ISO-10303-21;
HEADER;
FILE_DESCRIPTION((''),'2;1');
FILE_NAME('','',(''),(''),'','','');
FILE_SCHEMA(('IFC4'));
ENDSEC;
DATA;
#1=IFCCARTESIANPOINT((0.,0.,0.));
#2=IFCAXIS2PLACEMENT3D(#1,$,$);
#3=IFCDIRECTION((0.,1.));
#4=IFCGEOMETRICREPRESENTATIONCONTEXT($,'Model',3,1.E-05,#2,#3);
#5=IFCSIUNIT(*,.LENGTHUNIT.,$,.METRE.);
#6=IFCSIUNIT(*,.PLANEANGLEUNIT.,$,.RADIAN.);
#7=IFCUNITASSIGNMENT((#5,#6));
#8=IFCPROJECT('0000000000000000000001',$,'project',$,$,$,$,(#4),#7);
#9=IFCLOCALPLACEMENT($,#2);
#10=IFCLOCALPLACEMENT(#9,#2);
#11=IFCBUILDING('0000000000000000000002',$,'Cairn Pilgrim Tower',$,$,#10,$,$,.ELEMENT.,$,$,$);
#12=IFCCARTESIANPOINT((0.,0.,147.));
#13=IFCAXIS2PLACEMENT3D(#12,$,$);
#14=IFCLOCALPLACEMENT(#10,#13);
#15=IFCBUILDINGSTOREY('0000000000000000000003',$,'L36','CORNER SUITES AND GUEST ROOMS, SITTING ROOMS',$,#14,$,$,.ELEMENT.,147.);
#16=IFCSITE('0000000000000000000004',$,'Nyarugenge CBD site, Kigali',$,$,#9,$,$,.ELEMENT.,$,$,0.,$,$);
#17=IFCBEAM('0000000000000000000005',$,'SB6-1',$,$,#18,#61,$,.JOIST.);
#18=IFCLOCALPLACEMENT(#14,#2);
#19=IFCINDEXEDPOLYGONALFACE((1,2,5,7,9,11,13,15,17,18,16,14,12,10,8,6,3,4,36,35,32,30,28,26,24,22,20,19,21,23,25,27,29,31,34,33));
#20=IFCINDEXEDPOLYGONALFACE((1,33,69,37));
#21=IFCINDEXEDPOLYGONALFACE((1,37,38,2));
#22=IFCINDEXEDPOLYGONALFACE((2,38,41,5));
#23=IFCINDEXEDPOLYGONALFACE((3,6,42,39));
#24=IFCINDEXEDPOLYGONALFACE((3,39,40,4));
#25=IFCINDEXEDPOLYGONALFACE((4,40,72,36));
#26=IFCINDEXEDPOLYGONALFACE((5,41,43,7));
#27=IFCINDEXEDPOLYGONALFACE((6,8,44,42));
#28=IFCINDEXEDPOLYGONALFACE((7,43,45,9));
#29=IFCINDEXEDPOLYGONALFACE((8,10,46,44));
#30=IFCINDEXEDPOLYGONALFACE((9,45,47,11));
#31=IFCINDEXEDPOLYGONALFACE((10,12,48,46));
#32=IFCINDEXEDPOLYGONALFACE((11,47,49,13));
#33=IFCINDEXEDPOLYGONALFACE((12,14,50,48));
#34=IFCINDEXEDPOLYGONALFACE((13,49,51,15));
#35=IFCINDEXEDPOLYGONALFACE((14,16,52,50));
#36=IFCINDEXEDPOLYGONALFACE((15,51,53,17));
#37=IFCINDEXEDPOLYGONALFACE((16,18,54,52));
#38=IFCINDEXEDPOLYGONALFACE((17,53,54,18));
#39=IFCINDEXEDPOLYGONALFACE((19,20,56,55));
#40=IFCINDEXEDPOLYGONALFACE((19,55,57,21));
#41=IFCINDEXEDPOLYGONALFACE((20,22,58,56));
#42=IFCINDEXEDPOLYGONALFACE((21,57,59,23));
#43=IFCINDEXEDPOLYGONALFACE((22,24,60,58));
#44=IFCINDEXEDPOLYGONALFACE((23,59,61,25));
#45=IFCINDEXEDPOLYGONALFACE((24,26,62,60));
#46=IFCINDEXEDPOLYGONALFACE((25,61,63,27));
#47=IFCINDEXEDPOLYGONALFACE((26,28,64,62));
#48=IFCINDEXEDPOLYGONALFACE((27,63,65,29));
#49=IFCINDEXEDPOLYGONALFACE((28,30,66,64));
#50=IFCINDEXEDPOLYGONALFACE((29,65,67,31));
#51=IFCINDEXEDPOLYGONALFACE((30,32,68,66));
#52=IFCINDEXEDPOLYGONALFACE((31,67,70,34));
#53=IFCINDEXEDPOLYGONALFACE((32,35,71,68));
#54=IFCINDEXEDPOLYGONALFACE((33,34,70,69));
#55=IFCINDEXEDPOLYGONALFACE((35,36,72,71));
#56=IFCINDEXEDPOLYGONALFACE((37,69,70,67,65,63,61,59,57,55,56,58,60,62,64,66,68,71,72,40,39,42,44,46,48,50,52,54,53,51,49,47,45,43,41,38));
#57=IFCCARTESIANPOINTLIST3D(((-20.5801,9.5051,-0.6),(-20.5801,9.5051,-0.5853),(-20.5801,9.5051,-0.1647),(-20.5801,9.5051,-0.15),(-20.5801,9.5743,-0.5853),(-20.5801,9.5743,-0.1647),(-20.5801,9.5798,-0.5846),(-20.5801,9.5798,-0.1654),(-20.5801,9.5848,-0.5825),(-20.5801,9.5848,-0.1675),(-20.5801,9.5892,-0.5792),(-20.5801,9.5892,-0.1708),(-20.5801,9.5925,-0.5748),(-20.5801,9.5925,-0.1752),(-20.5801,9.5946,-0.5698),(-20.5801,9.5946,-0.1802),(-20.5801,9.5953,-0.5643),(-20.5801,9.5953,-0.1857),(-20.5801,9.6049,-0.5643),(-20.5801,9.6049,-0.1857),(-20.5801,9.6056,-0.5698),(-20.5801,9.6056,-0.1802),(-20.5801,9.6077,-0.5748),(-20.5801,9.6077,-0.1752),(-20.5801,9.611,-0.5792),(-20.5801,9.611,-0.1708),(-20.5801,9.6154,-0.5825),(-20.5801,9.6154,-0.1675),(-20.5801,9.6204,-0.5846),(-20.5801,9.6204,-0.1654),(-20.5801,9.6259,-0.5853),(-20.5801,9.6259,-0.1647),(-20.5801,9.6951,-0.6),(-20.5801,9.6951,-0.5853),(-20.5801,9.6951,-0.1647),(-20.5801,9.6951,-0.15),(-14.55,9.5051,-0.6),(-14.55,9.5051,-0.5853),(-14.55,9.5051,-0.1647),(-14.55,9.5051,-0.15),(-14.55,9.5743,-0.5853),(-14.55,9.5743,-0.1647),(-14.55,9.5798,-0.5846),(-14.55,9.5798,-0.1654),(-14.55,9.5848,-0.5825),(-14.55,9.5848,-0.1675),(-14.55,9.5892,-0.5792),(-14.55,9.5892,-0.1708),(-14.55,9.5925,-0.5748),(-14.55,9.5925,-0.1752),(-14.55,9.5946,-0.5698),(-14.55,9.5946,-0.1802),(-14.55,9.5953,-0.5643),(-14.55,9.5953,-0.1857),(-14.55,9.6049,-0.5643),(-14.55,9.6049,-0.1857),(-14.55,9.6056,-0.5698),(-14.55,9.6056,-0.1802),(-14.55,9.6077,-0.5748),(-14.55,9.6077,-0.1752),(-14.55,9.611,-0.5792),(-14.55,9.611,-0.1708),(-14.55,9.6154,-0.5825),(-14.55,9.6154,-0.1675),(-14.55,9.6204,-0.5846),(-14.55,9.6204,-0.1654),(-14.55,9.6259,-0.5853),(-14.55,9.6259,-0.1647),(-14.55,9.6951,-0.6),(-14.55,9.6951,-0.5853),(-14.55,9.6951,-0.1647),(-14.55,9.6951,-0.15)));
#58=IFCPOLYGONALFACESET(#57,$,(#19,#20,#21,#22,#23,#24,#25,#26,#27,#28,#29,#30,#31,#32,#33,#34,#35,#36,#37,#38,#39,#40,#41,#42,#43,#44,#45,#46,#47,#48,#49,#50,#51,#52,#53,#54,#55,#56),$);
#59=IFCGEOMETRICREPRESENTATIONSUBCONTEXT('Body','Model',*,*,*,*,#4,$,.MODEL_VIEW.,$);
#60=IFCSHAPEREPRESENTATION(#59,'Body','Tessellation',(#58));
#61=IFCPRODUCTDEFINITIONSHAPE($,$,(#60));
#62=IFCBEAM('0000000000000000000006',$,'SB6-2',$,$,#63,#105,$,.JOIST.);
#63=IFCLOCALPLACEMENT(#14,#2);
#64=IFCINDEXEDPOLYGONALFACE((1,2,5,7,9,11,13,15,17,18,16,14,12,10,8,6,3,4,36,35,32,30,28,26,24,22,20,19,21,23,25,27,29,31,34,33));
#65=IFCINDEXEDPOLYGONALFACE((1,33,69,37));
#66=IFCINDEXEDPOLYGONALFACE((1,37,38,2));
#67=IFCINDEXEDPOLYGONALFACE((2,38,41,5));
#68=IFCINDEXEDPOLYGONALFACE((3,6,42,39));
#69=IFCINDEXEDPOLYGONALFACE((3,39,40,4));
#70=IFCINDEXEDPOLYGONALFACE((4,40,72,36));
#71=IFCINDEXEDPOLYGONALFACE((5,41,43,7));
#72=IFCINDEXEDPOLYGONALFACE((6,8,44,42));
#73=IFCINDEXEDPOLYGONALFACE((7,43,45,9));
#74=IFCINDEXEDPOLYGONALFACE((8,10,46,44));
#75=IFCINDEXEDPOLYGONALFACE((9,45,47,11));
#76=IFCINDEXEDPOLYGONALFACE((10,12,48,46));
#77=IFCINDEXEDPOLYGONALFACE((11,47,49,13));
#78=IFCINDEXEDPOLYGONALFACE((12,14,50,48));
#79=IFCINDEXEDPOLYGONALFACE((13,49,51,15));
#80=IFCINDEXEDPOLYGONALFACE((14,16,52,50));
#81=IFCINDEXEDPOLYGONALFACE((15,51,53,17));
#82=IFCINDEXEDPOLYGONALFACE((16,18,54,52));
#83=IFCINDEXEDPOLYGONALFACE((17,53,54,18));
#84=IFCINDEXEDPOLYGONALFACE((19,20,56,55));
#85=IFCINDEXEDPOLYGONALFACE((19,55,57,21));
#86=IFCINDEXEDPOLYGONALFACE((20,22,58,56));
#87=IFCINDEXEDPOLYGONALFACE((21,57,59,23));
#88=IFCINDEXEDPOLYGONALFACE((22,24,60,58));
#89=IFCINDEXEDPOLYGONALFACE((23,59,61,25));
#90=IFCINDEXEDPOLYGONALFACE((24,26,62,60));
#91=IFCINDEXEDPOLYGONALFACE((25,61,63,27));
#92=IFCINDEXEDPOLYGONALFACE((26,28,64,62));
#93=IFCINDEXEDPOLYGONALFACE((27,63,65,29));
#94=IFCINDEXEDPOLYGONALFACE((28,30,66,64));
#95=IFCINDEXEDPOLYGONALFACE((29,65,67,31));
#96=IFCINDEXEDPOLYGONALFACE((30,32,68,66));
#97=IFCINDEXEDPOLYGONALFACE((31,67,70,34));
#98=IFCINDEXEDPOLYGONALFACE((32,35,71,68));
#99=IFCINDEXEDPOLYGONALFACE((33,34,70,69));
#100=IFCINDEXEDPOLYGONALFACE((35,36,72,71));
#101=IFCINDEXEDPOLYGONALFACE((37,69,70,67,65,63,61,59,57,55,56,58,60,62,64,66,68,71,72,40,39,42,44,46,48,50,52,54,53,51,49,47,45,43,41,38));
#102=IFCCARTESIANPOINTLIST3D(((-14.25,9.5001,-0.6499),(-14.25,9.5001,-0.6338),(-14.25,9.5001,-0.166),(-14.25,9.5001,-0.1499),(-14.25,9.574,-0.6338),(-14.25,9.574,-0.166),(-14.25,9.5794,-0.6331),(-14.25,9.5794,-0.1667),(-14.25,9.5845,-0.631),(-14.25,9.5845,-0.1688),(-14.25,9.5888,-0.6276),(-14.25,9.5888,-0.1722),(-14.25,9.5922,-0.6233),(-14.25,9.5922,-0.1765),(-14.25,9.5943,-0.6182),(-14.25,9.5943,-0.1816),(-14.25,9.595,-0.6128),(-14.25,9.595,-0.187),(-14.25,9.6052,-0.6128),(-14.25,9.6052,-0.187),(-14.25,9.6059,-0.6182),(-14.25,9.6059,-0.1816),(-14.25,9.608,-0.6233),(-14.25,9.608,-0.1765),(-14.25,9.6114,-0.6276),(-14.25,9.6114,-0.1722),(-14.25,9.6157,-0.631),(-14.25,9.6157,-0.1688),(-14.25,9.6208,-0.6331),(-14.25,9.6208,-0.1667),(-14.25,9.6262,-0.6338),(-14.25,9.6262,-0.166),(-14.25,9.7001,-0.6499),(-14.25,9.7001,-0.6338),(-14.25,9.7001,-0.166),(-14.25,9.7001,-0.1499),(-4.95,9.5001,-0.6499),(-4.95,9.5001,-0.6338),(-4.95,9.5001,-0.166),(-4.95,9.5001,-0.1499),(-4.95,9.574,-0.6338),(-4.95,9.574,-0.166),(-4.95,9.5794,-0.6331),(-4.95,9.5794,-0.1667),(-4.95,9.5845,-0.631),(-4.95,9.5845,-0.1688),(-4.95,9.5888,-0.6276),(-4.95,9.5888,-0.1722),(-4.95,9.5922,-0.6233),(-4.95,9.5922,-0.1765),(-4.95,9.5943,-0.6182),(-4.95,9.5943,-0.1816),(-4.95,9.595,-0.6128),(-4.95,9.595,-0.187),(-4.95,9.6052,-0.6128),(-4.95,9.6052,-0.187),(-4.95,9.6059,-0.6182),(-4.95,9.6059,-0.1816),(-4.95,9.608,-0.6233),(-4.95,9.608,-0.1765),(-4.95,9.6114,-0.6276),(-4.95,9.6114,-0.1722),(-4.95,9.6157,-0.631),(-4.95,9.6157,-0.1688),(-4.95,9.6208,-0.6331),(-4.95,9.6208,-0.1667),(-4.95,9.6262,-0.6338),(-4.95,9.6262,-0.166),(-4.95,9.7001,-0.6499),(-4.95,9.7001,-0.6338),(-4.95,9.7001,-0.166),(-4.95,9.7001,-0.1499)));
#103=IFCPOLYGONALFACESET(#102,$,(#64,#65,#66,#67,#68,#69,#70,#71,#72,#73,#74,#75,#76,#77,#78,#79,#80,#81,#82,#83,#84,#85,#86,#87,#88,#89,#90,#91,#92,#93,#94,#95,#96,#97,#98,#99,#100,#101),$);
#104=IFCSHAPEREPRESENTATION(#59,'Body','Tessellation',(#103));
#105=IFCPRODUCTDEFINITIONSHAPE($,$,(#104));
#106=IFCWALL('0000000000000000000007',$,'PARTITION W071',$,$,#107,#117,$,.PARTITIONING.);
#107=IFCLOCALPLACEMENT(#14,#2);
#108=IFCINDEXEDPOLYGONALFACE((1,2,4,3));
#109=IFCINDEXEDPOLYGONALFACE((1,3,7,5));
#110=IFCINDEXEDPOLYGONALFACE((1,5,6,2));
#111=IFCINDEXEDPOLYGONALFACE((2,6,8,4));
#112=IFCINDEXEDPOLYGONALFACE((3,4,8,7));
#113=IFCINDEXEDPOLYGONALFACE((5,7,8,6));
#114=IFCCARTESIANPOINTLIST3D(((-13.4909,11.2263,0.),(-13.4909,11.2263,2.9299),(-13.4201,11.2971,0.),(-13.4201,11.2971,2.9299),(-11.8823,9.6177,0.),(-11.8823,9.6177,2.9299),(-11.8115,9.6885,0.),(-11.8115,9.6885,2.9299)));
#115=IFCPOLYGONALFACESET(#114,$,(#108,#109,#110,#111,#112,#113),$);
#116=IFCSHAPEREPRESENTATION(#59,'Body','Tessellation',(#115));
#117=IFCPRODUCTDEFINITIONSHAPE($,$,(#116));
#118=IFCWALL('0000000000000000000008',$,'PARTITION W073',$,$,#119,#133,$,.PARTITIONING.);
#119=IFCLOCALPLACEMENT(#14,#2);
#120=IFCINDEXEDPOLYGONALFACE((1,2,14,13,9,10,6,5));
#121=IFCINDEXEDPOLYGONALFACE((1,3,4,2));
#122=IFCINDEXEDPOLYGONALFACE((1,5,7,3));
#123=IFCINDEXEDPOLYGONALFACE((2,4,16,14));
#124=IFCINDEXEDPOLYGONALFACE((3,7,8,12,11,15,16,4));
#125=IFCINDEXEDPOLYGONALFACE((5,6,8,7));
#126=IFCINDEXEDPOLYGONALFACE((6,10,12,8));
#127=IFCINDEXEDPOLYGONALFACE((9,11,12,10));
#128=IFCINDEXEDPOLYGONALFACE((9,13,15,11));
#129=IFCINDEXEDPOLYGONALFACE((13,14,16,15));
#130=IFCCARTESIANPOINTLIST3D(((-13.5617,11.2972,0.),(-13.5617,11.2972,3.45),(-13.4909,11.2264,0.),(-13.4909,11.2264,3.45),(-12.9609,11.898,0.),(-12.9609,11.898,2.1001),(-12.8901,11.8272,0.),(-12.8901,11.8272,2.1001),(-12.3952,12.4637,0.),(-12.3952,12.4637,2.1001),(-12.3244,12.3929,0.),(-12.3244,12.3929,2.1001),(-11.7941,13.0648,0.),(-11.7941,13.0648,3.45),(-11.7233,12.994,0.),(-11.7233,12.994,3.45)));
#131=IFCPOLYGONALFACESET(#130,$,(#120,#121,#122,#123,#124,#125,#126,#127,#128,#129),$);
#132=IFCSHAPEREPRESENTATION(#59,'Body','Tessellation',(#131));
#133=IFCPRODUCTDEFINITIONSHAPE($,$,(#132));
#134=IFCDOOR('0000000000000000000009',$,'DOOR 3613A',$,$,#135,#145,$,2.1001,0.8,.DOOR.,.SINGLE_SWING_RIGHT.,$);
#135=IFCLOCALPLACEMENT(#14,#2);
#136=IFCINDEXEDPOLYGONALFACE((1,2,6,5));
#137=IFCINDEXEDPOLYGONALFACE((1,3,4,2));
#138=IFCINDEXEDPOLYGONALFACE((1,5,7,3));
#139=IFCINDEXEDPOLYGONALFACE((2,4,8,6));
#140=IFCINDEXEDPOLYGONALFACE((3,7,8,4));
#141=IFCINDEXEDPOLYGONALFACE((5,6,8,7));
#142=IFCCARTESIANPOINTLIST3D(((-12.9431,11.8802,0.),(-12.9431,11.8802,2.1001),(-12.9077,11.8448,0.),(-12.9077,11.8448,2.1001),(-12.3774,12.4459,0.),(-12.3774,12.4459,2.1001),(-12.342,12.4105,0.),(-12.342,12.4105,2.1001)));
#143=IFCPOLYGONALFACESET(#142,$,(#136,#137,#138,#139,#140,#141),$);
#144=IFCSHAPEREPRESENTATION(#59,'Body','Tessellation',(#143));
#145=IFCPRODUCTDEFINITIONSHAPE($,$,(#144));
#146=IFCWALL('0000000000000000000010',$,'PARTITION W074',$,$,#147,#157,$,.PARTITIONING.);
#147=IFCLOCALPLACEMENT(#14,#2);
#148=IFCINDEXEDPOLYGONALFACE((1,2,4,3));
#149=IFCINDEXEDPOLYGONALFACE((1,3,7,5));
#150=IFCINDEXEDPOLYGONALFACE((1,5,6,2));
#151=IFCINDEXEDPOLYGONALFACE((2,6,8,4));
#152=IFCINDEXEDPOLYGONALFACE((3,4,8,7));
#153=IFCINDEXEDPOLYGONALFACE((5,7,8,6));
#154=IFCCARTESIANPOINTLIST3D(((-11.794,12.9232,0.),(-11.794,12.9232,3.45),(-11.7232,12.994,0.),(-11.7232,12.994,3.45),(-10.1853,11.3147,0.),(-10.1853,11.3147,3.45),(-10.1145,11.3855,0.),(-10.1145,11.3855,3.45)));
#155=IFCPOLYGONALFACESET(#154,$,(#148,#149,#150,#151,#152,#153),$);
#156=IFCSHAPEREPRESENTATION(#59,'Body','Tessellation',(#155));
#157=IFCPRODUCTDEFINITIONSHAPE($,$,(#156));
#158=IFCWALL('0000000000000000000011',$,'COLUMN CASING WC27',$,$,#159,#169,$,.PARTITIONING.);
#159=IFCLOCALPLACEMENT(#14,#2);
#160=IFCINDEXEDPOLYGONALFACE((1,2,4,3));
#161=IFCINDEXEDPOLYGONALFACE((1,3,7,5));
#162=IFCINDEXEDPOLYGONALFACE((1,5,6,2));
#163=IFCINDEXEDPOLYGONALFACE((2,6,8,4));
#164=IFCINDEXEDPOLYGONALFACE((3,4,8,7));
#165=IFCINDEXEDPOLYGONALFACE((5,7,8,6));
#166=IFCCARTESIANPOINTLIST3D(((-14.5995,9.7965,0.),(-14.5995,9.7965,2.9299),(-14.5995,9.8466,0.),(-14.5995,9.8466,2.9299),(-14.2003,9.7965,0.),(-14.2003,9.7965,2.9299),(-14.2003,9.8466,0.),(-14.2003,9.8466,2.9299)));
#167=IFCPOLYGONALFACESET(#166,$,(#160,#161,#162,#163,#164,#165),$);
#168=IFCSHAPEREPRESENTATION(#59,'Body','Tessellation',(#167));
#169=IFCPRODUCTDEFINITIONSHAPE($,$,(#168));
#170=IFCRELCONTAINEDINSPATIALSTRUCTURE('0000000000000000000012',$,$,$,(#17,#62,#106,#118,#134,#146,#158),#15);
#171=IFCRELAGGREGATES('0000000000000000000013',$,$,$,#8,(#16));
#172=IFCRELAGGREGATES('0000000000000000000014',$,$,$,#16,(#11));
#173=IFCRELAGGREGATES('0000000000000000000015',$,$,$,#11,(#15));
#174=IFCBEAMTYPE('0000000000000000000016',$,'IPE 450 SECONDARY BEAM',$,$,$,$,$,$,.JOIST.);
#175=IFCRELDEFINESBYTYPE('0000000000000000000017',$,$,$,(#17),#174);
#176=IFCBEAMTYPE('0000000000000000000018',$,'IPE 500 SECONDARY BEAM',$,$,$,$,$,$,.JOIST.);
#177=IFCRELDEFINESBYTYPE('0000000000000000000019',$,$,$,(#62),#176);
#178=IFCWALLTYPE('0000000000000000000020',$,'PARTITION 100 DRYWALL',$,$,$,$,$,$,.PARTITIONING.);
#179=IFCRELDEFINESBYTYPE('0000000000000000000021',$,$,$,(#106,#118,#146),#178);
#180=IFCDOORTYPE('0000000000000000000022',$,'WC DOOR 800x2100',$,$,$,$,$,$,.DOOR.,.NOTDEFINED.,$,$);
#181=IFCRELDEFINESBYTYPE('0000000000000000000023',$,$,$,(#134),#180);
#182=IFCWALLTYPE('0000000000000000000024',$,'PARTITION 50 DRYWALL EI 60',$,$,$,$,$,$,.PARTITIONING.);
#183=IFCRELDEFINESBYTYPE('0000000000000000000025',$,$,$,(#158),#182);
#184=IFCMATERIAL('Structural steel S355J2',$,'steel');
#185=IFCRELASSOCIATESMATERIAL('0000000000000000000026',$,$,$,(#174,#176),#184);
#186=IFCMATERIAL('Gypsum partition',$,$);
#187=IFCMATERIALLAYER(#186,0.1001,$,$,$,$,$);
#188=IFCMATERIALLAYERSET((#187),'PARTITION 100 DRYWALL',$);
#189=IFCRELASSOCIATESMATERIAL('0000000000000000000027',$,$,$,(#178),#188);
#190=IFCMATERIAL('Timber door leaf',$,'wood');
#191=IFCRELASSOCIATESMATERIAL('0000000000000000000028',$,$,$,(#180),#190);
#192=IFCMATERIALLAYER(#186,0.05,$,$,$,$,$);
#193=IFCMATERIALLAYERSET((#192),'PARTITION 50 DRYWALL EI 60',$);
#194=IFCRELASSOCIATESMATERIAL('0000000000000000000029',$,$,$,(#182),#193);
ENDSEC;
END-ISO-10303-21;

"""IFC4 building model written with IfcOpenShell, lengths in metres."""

from ifc_helpers import new_model, si_unit, direction, frame, frame_2d, origin, origin_2d, place, context, subcontext, project, spatial, rectangle, i_section, extrude, material, layer, layer_set, material_profile, profile_set, type_object, element, fill, save


model = new_model("IFC4")

# Units and contexts
model_context = context("Model", 3, precision=1e-05, world=origin(), true_north=direction((0.0, 1.0)))
body_context = subcontext(model_context, "Body", "Model", "MODEL_VIEW")
ifc_project = project(units=[si_unit("LENGTHUNIT", "METRE"), si_unit("PLANEANGLEUNIT", "RADIAN")], contexts=[model_context])

# Site, building, storey
site_placement = place(None, origin())
site = spatial("IfcSite", under=ifc_project, at=site_placement, Name="Nyarugenge CBD site, Kigali", CompositionType="ELEMENT", RefElevation=0.0)
building_placement = place(site_placement, origin())
building = spatial("IfcBuilding", under=site, at=building_placement, Name="Cairn Pilgrim Tower", CompositionType="ELEMENT")
storey_placement = place(building_placement, frame((0.0, 0.0, 147.0)))
storey = spatial("IfcBuildingStorey", under=building, at=storey_placement, Name="L36", Description="CORNER SUITES AND GUEST ROOMS, SITTING ROOMS", CompositionType="ELEMENT", Elevation=147.0)

# Shared definitions
ifc_material_1 = material(Name="Structural steel S355J2", Category="steel")

# Beams
ifc_material_profile_1 = material_profile(ifc_material_1, i_section(OverallWidth=0.1899, OverallDepth=0.45, WebThickness=0.0095, FlangeThickness=0.0146, FilletRadius=0.021, at=origin_2d()), Name="IPE 450")
ifc_profile_set_1 = profile_set([ifc_material_profile_1], Name="Structural steel S355J2")
beam_type_1 = type_object("IfcBeamType", Name="IPE 450 SECONDARY BEAM", PredefinedType="JOIST", material=ifc_profile_set_1)
beam_1_placement = place(storey_placement, frame((-20.5801, 9.6001, -0.375), z_axis=(1.0, 0.0, 0.0), x_axis=(0.0, 1.0, 0.0)))
element("IfcBeam", 1, at=beam_1_placement, inside=storey, type_object=beam_type_1, Name="SB6-1", PredefinedType="JOIST", context=body_context, shape_type="SweptSolid", body=[
    extrude(i_section(OverallWidth=0.1899, OverallDepth=0.45, WebThickness=0.0095, FlangeThickness=0.0146, FilletRadius=0.021, at=origin_2d()), origin(), (0.0, 0.0, 1.0), 6.03),
])
ifc_material_profile_2 = material_profile(ifc_material_1, i_section(OverallWidth=0.2, OverallDepth=0.5, WebThickness=0.0103, FlangeThickness=0.0161, FilletRadius=0.021, at=origin_2d()), Name="IPE 500")
ifc_profile_set_2 = profile_set([ifc_material_profile_2], Name="Structural steel S355J2")
beam_type_2 = type_object("IfcBeamType", Name="IPE 500 SECONDARY BEAM", PredefinedType="JOIST", material=ifc_profile_set_2)
beam_2_placement = place(storey_placement, frame((-14.25, 9.6001, -0.3999), z_axis=(1.0, 0.0, 0.0), x_axis=(0.0, 1.0, 0.0)))
element("IfcBeam", 2, at=beam_2_placement, inside=storey, type_object=beam_type_2, Name="SB6-2", PredefinedType="JOIST", context=body_context, shape_type="SweptSolid", body=[
    extrude(i_section(OverallWidth=0.2, OverallDepth=0.5, WebThickness=0.0103, FlangeThickness=0.0161, FilletRadius=0.021, at=origin_2d()), origin(), (0.0, 0.0, 1.0), 9.3),
])

# Wall
ifc_material_2 = material(Name="Gypsum partition")
ifc_layer_1 = layer(ifc_material_2, 0.1001)
ifc_layer_set_1 = layer_set([ifc_layer_1], Name="PARTITION 100 DRYWALL")
wall_type_1 = type_object("IfcWallType", Name="PARTITION 100 DRYWALL", PredefinedType="PARTITIONING", material=ifc_layer_set_1)
wall_1_placement = place(storey_placement, frame((-11.8469, 9.6531, 0.0), z_axis=(0.0, 0.0, 1.0), x_axis=(-0.707107, 0.707107, 0.0)))
element("IfcWall", 3, at=wall_1_placement, inside=storey, type_object=wall_type_1, Name="PARTITION W071", PredefinedType="PARTITIONING", context=body_context, shape_type="SweptSolid", body=[
    extrude(rectangle(XDim=2.2749, YDim=0.1001, at=frame_2d((1.1375, 0.0))), origin(), (0.0, 0.0, 1.0), 2.9299),
])

# Wall, opening, door
wall_2_placement = place(storey_placement, frame((-13.5264, 11.2617, 0.0), z_axis=(0.0, 0.0, 1.0), x_axis=(0.707107, 0.707107, 0.0)))
wall_2 = element("IfcWall", 4, at=wall_2_placement, inside=storey, type_object=wall_type_1, Name="PARTITION W073", PredefinedType="PARTITIONING", context=body_context, shape_type="SweptSolid", body=[
    extrude(rectangle(XDim=2.4998, YDim=0.1001, at=frame_2d((1.25, 0.0))), origin(), (0.0, 0.0, 1.0), 3.45),
])
opening_1_placement = place(wall_2_placement, frame((0.8499, 0.0, 0.0)))
opening_1 = element("IfcOpeningElement", 5, at=opening_1_placement, cuts=wall_2, PredefinedType="OPENING", context=body_context, shape_type="SweptSolid", body=[
    extrude(rectangle(XDim=0.8, YDim=2.1001, at=frame_2d((0.3999, 1.05))), frame((0.0, 0.0601, 0.0), z_axis=(0.0, -1.0, 0.0), x_axis=(1.0, 0.0, 0.0)), (0.0, 0.0, 1.0), 0.1201),
])
ifc_material_3 = material(Name="Timber door leaf", Category="wood")
door_type_1 = type_object("IfcDoorType", Name="WC DOOR 800x2100", OperationType="NOTDEFINED", PredefinedType="DOOR", material=ifc_material_3)
door_1_placement = place(opening_1_placement, origin())
door_1 = element("IfcDoor", 6, at=door_1_placement, inside=storey, type_object=door_type_1, Name="DOOR 3613A", OperationType="SINGLE_SWING_RIGHT", OverallHeight=2.1001, OverallWidth=0.8, PredefinedType="DOOR", context=body_context, shape_type="SweptSolid", body=[
    extrude(rectangle(XDim=0.8, YDim=2.1001, at=frame_2d((0.3999, 1.05))), frame((0.0, 0.0249, 0.0), z_axis=(0.0, -1.0, 0.0), x_axis=(1.0, 0.0, 0.0)), (0.0, 0.0, 1.0), 0.05),
])
fill(opening_1, door_1)

# Walls
wall_3_placement = place(storey_placement, frame((-10.1499, 11.3501, 0.0), z_axis=(0.0, 0.0, 1.0), x_axis=(-0.70716, 0.707053, 0.0)))
element("IfcWall", 7, at=wall_3_placement, inside=storey, type_object=wall_type_1, Name="PARTITION W074", PredefinedType="PARTITIONING", context=body_context, shape_type="SweptSolid", body=[
    extrude(rectangle(XDim=2.2749, YDim=0.1001, at=frame_2d((1.1375, 0.0))), origin(), (0.0, 0.0, 1.0), 3.45),
])
ifc_layer_2 = layer(ifc_material_2, 0.05)
ifc_layer_set_2 = layer_set([ifc_layer_2], Name="PARTITION 50 DRYWALL EI 60")
wall_type_2 = type_object("IfcWallType", Name="PARTITION 50 DRYWALL EI 60", PredefinedType="PARTITIONING", material=ifc_layer_set_2)
wall_4_placement = place(storey_placement, frame((-14.5996, 9.8215, 0.0), z_axis=(0.0, 0.0, 1.0), x_axis=(1.0, 0.0, 0.0)))
element("IfcWall", 8, at=wall_4_placement, inside=storey, type_object=wall_type_2, Name="COLUMN CASING WC27", PredefinedType="PARTITIONING", context=body_context, shape_type="SweptSolid", body=[
    extrude(rectangle(XDim=0.3992, YDim=0.05, at=frame_2d((0.1997, 0.0))), origin(), (0.0, 0.0, 1.0), 2.9299),
])

save(model, "model.ifc")
